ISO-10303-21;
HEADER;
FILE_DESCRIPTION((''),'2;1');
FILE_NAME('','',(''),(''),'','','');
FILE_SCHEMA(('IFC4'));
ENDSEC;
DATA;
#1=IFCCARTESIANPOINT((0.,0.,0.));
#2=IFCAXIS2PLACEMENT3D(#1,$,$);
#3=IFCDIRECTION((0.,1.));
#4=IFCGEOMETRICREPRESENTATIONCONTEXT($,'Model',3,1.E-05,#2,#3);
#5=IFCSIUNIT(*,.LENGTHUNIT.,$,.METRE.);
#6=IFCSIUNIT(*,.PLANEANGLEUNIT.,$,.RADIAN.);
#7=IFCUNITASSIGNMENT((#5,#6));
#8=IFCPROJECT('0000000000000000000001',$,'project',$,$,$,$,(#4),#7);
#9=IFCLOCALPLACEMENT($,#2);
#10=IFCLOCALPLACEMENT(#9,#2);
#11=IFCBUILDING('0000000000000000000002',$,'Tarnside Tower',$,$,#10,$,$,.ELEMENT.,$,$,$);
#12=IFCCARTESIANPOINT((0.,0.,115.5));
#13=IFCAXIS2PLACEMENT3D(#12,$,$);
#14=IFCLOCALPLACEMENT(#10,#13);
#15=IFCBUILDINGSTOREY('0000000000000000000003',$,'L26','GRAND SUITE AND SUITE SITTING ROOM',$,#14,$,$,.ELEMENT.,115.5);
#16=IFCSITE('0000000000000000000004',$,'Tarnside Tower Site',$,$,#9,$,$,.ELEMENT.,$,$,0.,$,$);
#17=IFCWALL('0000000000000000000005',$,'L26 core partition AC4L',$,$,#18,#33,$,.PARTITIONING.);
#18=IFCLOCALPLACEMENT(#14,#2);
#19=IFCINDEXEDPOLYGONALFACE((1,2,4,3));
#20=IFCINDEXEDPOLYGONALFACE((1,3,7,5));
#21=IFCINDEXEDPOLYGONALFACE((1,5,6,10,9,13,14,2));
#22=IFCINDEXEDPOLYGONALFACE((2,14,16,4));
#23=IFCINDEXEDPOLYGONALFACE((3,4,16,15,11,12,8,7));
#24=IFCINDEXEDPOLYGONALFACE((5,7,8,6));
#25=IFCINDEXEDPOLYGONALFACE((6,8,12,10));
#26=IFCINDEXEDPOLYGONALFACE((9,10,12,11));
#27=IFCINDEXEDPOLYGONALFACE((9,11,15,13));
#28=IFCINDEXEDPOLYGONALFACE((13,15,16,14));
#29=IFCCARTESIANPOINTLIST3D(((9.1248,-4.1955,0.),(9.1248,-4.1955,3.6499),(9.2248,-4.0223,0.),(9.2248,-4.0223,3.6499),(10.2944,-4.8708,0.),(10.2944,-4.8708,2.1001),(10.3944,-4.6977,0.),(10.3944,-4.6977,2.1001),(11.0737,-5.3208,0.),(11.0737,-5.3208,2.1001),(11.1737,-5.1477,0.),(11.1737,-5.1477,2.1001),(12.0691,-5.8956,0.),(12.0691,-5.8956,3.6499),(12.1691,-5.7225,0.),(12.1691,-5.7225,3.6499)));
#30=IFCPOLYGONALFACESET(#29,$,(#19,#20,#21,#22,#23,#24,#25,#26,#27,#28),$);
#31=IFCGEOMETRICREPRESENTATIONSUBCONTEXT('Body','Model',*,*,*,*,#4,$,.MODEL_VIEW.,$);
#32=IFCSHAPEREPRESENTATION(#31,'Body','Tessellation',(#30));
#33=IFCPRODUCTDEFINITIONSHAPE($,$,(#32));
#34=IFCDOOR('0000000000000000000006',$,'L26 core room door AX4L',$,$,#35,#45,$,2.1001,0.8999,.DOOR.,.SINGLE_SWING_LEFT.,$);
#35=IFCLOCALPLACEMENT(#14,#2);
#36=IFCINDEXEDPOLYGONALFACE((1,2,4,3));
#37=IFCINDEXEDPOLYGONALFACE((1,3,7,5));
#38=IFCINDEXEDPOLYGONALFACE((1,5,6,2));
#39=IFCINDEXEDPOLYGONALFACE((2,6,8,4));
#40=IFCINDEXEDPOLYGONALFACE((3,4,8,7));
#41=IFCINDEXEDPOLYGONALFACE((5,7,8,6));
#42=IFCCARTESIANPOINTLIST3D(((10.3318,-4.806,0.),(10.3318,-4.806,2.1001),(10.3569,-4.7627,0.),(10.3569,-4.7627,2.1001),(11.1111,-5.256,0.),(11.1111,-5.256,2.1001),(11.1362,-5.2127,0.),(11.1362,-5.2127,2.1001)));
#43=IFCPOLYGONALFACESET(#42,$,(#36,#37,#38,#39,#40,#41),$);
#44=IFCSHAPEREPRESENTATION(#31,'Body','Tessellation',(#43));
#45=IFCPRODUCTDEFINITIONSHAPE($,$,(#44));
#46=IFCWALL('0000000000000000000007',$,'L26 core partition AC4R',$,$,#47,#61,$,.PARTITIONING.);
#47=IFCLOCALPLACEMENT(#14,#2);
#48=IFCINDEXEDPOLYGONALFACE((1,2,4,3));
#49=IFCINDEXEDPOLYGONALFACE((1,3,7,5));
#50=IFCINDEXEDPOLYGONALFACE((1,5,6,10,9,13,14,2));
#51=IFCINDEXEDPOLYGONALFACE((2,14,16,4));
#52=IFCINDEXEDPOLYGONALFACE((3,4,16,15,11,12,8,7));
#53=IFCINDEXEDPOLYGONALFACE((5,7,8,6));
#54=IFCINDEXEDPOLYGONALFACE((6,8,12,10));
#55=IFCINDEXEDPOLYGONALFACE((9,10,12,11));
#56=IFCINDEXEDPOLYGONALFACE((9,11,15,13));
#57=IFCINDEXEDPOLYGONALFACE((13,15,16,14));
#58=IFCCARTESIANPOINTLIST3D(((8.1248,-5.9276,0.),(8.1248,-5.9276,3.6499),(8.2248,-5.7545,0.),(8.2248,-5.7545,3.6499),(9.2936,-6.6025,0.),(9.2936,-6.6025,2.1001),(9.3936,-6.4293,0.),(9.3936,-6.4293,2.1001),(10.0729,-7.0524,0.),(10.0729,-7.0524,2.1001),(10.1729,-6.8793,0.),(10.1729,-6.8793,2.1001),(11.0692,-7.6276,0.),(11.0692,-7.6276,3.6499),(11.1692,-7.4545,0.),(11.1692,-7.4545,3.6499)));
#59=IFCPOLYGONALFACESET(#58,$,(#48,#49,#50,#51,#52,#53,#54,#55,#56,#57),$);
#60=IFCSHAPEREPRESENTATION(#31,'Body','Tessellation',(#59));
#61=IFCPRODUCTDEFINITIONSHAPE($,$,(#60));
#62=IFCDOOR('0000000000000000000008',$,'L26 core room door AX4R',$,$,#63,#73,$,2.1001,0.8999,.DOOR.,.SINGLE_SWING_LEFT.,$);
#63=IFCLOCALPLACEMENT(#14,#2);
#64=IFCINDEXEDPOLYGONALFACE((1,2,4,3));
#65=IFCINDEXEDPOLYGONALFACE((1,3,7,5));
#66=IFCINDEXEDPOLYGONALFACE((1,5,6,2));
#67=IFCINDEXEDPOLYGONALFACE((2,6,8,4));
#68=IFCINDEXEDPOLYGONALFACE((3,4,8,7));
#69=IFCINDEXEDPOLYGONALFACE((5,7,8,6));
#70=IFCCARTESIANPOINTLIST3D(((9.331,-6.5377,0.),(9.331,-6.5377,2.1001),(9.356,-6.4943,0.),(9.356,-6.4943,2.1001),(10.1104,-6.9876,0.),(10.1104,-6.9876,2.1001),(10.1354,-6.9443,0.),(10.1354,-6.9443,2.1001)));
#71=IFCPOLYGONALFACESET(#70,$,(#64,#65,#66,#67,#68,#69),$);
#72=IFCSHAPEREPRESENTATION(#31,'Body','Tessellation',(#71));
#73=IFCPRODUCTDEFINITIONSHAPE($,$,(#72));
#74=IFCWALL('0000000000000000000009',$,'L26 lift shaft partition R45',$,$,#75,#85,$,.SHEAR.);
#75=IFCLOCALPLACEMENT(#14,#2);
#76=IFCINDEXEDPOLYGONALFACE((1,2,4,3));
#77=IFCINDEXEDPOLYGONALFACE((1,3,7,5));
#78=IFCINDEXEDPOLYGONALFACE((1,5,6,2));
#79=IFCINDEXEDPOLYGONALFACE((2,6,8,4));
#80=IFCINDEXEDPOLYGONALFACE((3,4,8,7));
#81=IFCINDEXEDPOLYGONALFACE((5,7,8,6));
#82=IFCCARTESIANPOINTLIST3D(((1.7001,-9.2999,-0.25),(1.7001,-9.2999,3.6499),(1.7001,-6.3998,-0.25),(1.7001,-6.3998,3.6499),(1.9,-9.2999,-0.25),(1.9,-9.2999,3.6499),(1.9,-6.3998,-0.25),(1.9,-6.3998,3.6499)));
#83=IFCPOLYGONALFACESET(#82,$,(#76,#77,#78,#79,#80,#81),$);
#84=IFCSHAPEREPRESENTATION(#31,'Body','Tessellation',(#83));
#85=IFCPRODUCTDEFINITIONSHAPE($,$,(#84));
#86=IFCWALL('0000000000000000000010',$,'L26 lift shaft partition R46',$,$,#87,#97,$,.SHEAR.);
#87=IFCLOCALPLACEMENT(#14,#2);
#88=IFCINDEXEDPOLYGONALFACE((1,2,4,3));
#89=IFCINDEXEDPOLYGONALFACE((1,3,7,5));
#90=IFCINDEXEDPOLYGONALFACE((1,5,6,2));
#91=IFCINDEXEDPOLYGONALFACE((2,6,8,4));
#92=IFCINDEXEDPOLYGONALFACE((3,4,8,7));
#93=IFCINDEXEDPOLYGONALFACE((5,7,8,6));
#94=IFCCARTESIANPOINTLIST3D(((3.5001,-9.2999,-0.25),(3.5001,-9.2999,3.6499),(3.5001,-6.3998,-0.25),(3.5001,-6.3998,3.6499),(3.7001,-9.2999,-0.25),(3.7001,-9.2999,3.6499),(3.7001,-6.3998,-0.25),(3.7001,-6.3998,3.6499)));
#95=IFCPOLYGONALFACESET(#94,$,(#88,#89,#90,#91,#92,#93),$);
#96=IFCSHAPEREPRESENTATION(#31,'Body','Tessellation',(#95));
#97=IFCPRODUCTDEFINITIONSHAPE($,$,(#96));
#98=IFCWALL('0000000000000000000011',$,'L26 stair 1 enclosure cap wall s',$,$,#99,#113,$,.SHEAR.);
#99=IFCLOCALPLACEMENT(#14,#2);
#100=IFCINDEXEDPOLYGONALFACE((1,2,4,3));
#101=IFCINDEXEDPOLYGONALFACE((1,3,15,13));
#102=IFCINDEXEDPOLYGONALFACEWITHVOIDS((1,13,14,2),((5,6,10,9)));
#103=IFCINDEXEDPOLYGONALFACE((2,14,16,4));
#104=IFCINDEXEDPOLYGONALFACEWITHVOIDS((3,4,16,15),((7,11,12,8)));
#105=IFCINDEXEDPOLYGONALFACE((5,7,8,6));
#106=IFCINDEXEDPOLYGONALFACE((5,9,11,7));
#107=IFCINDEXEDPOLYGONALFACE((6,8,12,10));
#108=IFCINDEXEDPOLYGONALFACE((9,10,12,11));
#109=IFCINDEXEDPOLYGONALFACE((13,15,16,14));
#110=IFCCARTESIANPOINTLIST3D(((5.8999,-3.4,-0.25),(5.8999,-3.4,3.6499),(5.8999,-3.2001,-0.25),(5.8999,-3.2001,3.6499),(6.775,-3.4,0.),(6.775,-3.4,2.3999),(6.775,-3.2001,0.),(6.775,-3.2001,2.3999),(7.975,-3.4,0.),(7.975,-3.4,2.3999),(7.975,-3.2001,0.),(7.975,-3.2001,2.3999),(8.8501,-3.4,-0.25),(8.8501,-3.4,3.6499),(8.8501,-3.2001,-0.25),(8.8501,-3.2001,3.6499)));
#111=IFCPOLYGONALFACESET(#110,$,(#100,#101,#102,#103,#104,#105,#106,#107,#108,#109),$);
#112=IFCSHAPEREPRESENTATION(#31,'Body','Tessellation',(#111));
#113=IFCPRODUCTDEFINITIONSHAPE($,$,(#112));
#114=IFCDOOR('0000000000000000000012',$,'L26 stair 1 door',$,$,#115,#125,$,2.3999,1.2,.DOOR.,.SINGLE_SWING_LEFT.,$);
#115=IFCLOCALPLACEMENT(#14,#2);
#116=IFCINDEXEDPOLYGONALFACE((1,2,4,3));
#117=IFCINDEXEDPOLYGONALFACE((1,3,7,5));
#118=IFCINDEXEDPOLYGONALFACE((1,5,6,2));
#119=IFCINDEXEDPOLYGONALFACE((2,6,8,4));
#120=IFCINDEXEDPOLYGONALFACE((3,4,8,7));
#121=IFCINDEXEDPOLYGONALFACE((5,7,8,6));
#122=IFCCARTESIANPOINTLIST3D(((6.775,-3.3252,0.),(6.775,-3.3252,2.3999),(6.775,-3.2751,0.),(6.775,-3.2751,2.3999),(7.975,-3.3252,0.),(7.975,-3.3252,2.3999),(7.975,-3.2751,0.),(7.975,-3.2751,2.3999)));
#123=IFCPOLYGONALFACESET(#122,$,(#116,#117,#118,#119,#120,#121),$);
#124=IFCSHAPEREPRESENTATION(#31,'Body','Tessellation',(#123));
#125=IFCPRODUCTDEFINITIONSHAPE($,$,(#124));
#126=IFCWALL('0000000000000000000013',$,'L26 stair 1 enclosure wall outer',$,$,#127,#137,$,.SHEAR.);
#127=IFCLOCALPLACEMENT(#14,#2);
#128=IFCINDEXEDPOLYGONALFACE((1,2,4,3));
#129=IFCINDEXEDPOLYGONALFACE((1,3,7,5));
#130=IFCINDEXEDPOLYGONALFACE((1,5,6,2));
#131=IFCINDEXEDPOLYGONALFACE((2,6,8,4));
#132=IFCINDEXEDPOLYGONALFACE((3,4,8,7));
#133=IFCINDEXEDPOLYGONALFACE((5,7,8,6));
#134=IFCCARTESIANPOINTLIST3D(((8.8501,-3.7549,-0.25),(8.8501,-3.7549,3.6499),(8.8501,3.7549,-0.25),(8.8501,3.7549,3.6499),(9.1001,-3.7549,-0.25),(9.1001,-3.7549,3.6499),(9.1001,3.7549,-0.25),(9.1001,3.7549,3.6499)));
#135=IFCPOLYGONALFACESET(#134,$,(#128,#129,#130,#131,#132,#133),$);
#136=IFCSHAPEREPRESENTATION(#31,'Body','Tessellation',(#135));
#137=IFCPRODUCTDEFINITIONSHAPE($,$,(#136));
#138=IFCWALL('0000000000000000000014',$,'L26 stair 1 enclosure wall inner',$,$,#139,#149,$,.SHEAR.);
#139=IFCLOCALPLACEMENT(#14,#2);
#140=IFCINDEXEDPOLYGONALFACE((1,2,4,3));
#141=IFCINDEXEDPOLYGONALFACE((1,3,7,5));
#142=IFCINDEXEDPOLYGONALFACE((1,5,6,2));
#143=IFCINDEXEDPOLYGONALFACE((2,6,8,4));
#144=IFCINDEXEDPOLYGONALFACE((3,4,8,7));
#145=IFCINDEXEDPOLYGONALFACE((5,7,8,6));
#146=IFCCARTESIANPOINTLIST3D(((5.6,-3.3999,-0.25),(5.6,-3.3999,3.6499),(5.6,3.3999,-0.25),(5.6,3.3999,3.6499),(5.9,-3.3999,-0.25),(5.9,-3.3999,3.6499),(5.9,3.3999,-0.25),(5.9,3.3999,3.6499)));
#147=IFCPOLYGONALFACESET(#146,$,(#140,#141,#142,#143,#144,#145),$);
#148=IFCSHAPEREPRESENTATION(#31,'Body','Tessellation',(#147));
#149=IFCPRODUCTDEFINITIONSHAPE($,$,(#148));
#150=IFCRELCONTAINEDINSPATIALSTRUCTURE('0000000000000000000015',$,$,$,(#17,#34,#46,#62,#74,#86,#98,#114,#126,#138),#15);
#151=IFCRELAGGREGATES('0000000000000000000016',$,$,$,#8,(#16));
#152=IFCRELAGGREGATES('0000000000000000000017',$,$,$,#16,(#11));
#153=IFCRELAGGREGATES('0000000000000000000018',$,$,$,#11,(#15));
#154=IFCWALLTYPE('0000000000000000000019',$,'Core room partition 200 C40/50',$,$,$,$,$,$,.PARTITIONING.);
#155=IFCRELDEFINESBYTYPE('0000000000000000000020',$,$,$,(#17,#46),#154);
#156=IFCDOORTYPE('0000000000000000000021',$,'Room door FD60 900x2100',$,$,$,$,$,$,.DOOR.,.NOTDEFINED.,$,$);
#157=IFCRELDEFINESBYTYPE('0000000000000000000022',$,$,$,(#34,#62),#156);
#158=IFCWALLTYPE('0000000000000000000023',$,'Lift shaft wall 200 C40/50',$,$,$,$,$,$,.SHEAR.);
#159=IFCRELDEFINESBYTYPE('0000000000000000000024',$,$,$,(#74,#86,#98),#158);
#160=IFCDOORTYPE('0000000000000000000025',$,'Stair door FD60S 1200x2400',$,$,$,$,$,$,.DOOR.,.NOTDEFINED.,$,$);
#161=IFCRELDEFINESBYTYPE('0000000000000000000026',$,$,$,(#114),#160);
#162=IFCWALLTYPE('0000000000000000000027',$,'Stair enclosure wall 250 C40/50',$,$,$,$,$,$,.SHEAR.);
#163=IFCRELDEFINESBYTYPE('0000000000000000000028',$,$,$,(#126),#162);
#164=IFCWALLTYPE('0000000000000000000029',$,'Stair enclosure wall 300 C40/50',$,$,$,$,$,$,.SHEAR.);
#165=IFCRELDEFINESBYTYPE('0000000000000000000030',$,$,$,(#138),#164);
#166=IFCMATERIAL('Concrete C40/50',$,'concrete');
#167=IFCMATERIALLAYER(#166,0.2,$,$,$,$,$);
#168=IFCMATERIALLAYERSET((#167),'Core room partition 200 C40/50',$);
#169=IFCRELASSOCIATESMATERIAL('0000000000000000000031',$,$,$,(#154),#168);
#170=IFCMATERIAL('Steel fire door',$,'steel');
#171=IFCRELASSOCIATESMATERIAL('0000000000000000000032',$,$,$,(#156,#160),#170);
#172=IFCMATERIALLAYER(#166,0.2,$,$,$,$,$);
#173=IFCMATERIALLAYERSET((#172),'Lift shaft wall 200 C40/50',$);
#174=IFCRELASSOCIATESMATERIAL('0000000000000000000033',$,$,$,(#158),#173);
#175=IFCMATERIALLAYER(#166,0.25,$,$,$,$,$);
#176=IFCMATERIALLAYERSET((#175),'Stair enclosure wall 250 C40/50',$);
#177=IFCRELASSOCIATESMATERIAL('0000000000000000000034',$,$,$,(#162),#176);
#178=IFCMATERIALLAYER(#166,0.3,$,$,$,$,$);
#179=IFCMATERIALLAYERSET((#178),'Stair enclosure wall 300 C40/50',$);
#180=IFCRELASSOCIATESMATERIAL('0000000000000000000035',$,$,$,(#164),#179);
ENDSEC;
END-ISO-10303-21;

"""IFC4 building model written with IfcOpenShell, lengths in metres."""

from ifc_helpers import new_model, si_unit, direction, frame, frame_2d, origin, place, context, subcontext, project, spatial, rectangle, extrude, material, layer, layer_set, type_object, element, fill, save


model = new_model("IFC4")

# Units and contexts
model_context = context("Model", 3, precision=1e-05, world=origin(), true_north=direction((0.0, 1.0)))
body_context = subcontext(model_context, "Body", "Model", "MODEL_VIEW")
ifc_project = project(units=[si_unit("LENGTHUNIT", "METRE"), si_unit("PLANEANGLEUNIT", "RADIAN")], contexts=[model_context])

# Site, building, storey
site_placement = place(None, origin())
site = spatial("IfcSite", under=ifc_project, at=site_placement, Name="Tarnside Tower Site", CompositionType="ELEMENT", RefElevation=0.0)
building_placement = place(site_placement, origin())
building = spatial("IfcBuilding", under=site, at=building_placement, Name="Tarnside Tower", CompositionType="ELEMENT")
storey_placement = place(building_placement, frame((0.0, 0.0, 115.5)))
storey = spatial("IfcBuildingStorey", under=building, at=storey_placement, Name="L26", Description="GRAND SUITE AND SUITE SITTING ROOM", CompositionType="ELEMENT", Elevation=115.5)

# Shared definitions
ifc_material_1 = material(Name="Concrete C40/50", Category="concrete")

# Walls, openings, doors
ifc_layer_1 = layer(ifc_material_1, 0.2)
ifc_layer_set_1 = layer_set([ifc_layer_1], Name="Core room partition 200 C40/50")
wall_type_1 = type_object("IfcWallType", Name="Core room partition 200 C40/50", PredefinedType="PARTITIONING", material=ifc_layer_set_1)
ifc_material_2 = material(Name="Steel fire door", Category="steel")
door_type_1 = type_object("IfcDoorType", Name="Room door FD60 900x2100", OperationType="NOTDEFINED", PredefinedType="DOOR", material=ifc_material_2)
wall_1_placement = place(storey_placement, frame((9.1748, -4.1089, 0.0), z_axis=(0.0, 0.0, 1.0), x_axis=(0.865989, -0.500062, 0.0)))
wall_1 = element("IfcWall", 1, at=wall_1_placement, inside=storey, type_object=wall_type_1, Name="L26 core partition AC4L", PredefinedType="PARTITIONING", context=body_context, shape_type="SweptSolid", body=[
    extrude(rectangle(XDim=3.3999, YDim=0.2, at=frame_2d((1.7, 0.0))), origin(), (0.0, 0.0, 1.0), 3.6499),
])
opening_1_placement = place(wall_1_placement, frame((1.3506, 0.0, 0.0)))
opening_1 = element("IfcOpeningElement", 2, at=opening_1_placement, cuts=wall_1, PredefinedType="OPENING", context=body_context, shape_type="SweptSolid", body=[
    extrude(rectangle(XDim=0.8999, YDim=2.1001, at=frame_2d((0.45, 1.05))), frame((0.0, 0.1099, 0.0), z_axis=(0.0, -1.0, 0.0), x_axis=(1.0, 0.0, 0.0)), (0.0, 0.0, 1.0), 0.22),
])
door_1_placement = place(opening_1_placement, origin())
door_1 = element("IfcDoor", 3, at=door_1_placement, inside=storey, type_object=door_type_1, Name="L26 core room door AX4L", OperationType="SINGLE_SWING_LEFT", OverallHeight=2.1001, OverallWidth=0.8999, PredefinedType="DOOR", context=body_context, shape_type="SweptSolid", body=[
    extrude(rectangle(XDim=0.8999, YDim=2.1001, at=frame_2d((0.45, 1.05))), frame((0.0, 0.0249, 0.0), z_axis=(0.0, -1.0, 0.0), x_axis=(1.0, 0.0, 0.0)), (0.0, 0.0, 1.0), 0.05),
])
fill(opening_1, door_1)
wall_2_placement = place(storey_placement, frame((8.1748, -5.8411, 0.0), z_axis=(0.0, 0.0, 1.0), x_axis=(0.866021, -0.500008, 0.0)))
wall_2 = element("IfcWall", 4, at=wall_2_placement, inside=storey, type_object=wall_type_1, Name="L26 core partition AC4R", PredefinedType="PARTITIONING", context=body_context, shape_type="SweptSolid", body=[
    extrude(rectangle(XDim=3.3999, YDim=0.2, at=frame_2d((1.7, 0.0))), origin(), (0.0, 0.0, 1.0), 3.6499),
])
opening_2_placement = place(wall_2_placement, frame((1.3496, 0.0, 0.0)))
opening_2 = element("IfcOpeningElement", 5, at=opening_2_placement, cuts=wall_2, PredefinedType="OPENING", context=body_context, shape_type="SweptSolid", body=[
    extrude(rectangle(XDim=0.8999, YDim=2.1001, at=frame_2d((0.45, 1.05))), frame((0.0, 0.1099, 0.0), z_axis=(0.0, -1.0, 0.0), x_axis=(1.0, 0.0, 0.0)), (0.0, 0.0, 1.0), 0.22),
])
door_2_placement = place(opening_2_placement, origin())
door_2 = element("IfcDoor", 6, at=door_2_placement, inside=storey, type_object=door_type_1, Name="L26 core room door AX4R", OperationType="SINGLE_SWING_LEFT", OverallHeight=2.1001, OverallWidth=0.8999, PredefinedType="DOOR", context=body_context, shape_type="SweptSolid", body=[
    extrude(rectangle(XDim=0.8999, YDim=2.1001, at=frame_2d((0.45, 1.05))), frame((0.0, 0.0249, 0.0), z_axis=(0.0, -1.0, 0.0), x_axis=(1.0, 0.0, 0.0)), (0.0, 0.0, 1.0), 0.05),
])
fill(opening_2, door_2)

# Walls
ifc_layer_2 = layer(ifc_material_1, 0.2)
ifc_layer_set_2 = layer_set([ifc_layer_2], Name="Lift shaft wall 200 C40/50")
wall_type_2 = type_object("IfcWallType", Name="Lift shaft wall 200 C40/50", PredefinedType="SHEAR", material=ifc_layer_set_2)
for number, where, z_axis, x_axis, name in (
    (7, (1.8, -9.3, -0.25), (0.0, 0.0, 1.0), (0.0, 1.0, 0.0), "L26 lift shaft partition R45"),
    (8, (3.6001, -9.3, -0.25), (0.0, 0.0, 1.0), (0.0, 1.0, 0.0), "L26 lift shaft partition R46"),
):
    element("IfcWall", number, at=place(storey_placement, frame(where, z_axis=z_axis, x_axis=x_axis)), inside=storey, type_object=wall_type_2, Name=name, PredefinedType="SHEAR", context=body_context, shape_type="SweptSolid", body=[
        extrude(rectangle(XDim=2.9001, YDim=0.2, at=frame_2d((1.4502, 0.0))), origin(), (0.0, 0.0, 1.0), 3.8999),
    ])

# Wall, opening, door
wall_3_placement = place(storey_placement, frame((5.8999, -3.3, -0.25), z_axis=(0.0, 0.0, 1.0), x_axis=(1.0, 0.0, 0.0)))
wall_3 = element("IfcWall", 9, at=wall_3_placement, inside=storey, type_object=wall_type_2, Name="L26 stair 1 enclosure cap wall s", PredefinedType="SHEAR", context=body_context, shape_type="SweptSolid", body=[
    extrude(rectangle(XDim=2.9502, YDim=0.2, at=frame_2d((1.4751, 0.0))), origin(), (0.0, 0.0, 1.0), 3.8999),
])
opening_3_placement = place(wall_3_placement, frame((0.875, 0.0, 0.25)))
opening_3 = element("IfcOpeningElement", 10, at=opening_3_placement, cuts=wall_3, PredefinedType="OPENING", context=body_context, shape_type="SweptSolid", body=[
    extrude(rectangle(XDim=1.2, YDim=2.3999, at=frame_2d((0.6001, 1.2))), frame((0.0, 0.1099, 0.0), z_axis=(0.0, -1.0, 0.0), x_axis=(1.0, 0.0, 0.0)), (0.0, 0.0, 1.0), 0.22),
])
door_type_2 = type_object("IfcDoorType", Name="Stair door FD60S 1200x2400", OperationType="NOTDEFINED", PredefinedType="DOOR", material=ifc_material_2)
door_3_placement = place(opening_3_placement, origin())
door_3 = element("IfcDoor", 11, at=door_3_placement, inside=storey, type_object=door_type_2, Name="L26 stair 1 door", OperationType="SINGLE_SWING_LEFT", OverallHeight=2.3999, OverallWidth=1.2, PredefinedType="DOOR", context=body_context, shape_type="SweptSolid", body=[
    extrude(rectangle(XDim=1.2, YDim=2.3999, at=frame_2d((0.6001, 1.2))), frame((0.0, 0.0249, 0.0), z_axis=(0.0, -1.0, 0.0), x_axis=(1.0, 0.0, 0.0)), (0.0, 0.0, 1.0), 0.05),
])
fill(opening_3, door_3)

# Walls
ifc_layer_3 = layer(ifc_material_1, 0.25)
ifc_layer_set_3 = layer_set([ifc_layer_3], Name="Stair enclosure wall 250 C40/50")
wall_type_3 = type_object("IfcWallType", Name="Stair enclosure wall 250 C40/50", PredefinedType="SHEAR", material=ifc_layer_set_3)
wall_4_placement = place(storey_placement, frame((8.9751, -3.7549, -0.25), z_axis=(0.0, 0.0, 1.0), x_axis=(0.0, 1.0, 0.0)))
element("IfcWall", 12, at=wall_4_placement, inside=storey, type_object=wall_type_3, Name="L26 stair 1 enclosure wall outer", PredefinedType="SHEAR", context=body_context, shape_type="SweptSolid", body=[
    extrude(rectangle(XDim=7.5098, YDim=0.25, at=frame_2d((3.7549, 0.0))), origin(), (0.0, 0.0, 1.0), 3.8999),
])
ifc_layer_4 = layer(ifc_material_1, 0.3)
ifc_layer_set_4 = layer_set([ifc_layer_4], Name="Stair enclosure wall 300 C40/50")
wall_type_4 = type_object("IfcWallType", Name="Stair enclosure wall 300 C40/50", PredefinedType="SHEAR", material=ifc_layer_set_4)
wall_5_placement = place(storey_placement, frame((5.75, -3.3999, -0.25), z_axis=(0.0, 0.0, 1.0), x_axis=(0.0, 1.0, 0.0)))
element("IfcWall", 13, at=wall_5_placement, inside=storey, type_object=wall_type_4, Name="L26 stair 1 enclosure wall inner", PredefinedType="SHEAR", context=body_context, shape_type="SweptSolid", body=[
    extrude(rectangle(XDim=6.7998, YDim=0.3, at=frame_2d((3.3999, 0.0))), origin(), (0.0, 0.0, 1.0), 3.8999),
])

save(model, "model.ifc")
